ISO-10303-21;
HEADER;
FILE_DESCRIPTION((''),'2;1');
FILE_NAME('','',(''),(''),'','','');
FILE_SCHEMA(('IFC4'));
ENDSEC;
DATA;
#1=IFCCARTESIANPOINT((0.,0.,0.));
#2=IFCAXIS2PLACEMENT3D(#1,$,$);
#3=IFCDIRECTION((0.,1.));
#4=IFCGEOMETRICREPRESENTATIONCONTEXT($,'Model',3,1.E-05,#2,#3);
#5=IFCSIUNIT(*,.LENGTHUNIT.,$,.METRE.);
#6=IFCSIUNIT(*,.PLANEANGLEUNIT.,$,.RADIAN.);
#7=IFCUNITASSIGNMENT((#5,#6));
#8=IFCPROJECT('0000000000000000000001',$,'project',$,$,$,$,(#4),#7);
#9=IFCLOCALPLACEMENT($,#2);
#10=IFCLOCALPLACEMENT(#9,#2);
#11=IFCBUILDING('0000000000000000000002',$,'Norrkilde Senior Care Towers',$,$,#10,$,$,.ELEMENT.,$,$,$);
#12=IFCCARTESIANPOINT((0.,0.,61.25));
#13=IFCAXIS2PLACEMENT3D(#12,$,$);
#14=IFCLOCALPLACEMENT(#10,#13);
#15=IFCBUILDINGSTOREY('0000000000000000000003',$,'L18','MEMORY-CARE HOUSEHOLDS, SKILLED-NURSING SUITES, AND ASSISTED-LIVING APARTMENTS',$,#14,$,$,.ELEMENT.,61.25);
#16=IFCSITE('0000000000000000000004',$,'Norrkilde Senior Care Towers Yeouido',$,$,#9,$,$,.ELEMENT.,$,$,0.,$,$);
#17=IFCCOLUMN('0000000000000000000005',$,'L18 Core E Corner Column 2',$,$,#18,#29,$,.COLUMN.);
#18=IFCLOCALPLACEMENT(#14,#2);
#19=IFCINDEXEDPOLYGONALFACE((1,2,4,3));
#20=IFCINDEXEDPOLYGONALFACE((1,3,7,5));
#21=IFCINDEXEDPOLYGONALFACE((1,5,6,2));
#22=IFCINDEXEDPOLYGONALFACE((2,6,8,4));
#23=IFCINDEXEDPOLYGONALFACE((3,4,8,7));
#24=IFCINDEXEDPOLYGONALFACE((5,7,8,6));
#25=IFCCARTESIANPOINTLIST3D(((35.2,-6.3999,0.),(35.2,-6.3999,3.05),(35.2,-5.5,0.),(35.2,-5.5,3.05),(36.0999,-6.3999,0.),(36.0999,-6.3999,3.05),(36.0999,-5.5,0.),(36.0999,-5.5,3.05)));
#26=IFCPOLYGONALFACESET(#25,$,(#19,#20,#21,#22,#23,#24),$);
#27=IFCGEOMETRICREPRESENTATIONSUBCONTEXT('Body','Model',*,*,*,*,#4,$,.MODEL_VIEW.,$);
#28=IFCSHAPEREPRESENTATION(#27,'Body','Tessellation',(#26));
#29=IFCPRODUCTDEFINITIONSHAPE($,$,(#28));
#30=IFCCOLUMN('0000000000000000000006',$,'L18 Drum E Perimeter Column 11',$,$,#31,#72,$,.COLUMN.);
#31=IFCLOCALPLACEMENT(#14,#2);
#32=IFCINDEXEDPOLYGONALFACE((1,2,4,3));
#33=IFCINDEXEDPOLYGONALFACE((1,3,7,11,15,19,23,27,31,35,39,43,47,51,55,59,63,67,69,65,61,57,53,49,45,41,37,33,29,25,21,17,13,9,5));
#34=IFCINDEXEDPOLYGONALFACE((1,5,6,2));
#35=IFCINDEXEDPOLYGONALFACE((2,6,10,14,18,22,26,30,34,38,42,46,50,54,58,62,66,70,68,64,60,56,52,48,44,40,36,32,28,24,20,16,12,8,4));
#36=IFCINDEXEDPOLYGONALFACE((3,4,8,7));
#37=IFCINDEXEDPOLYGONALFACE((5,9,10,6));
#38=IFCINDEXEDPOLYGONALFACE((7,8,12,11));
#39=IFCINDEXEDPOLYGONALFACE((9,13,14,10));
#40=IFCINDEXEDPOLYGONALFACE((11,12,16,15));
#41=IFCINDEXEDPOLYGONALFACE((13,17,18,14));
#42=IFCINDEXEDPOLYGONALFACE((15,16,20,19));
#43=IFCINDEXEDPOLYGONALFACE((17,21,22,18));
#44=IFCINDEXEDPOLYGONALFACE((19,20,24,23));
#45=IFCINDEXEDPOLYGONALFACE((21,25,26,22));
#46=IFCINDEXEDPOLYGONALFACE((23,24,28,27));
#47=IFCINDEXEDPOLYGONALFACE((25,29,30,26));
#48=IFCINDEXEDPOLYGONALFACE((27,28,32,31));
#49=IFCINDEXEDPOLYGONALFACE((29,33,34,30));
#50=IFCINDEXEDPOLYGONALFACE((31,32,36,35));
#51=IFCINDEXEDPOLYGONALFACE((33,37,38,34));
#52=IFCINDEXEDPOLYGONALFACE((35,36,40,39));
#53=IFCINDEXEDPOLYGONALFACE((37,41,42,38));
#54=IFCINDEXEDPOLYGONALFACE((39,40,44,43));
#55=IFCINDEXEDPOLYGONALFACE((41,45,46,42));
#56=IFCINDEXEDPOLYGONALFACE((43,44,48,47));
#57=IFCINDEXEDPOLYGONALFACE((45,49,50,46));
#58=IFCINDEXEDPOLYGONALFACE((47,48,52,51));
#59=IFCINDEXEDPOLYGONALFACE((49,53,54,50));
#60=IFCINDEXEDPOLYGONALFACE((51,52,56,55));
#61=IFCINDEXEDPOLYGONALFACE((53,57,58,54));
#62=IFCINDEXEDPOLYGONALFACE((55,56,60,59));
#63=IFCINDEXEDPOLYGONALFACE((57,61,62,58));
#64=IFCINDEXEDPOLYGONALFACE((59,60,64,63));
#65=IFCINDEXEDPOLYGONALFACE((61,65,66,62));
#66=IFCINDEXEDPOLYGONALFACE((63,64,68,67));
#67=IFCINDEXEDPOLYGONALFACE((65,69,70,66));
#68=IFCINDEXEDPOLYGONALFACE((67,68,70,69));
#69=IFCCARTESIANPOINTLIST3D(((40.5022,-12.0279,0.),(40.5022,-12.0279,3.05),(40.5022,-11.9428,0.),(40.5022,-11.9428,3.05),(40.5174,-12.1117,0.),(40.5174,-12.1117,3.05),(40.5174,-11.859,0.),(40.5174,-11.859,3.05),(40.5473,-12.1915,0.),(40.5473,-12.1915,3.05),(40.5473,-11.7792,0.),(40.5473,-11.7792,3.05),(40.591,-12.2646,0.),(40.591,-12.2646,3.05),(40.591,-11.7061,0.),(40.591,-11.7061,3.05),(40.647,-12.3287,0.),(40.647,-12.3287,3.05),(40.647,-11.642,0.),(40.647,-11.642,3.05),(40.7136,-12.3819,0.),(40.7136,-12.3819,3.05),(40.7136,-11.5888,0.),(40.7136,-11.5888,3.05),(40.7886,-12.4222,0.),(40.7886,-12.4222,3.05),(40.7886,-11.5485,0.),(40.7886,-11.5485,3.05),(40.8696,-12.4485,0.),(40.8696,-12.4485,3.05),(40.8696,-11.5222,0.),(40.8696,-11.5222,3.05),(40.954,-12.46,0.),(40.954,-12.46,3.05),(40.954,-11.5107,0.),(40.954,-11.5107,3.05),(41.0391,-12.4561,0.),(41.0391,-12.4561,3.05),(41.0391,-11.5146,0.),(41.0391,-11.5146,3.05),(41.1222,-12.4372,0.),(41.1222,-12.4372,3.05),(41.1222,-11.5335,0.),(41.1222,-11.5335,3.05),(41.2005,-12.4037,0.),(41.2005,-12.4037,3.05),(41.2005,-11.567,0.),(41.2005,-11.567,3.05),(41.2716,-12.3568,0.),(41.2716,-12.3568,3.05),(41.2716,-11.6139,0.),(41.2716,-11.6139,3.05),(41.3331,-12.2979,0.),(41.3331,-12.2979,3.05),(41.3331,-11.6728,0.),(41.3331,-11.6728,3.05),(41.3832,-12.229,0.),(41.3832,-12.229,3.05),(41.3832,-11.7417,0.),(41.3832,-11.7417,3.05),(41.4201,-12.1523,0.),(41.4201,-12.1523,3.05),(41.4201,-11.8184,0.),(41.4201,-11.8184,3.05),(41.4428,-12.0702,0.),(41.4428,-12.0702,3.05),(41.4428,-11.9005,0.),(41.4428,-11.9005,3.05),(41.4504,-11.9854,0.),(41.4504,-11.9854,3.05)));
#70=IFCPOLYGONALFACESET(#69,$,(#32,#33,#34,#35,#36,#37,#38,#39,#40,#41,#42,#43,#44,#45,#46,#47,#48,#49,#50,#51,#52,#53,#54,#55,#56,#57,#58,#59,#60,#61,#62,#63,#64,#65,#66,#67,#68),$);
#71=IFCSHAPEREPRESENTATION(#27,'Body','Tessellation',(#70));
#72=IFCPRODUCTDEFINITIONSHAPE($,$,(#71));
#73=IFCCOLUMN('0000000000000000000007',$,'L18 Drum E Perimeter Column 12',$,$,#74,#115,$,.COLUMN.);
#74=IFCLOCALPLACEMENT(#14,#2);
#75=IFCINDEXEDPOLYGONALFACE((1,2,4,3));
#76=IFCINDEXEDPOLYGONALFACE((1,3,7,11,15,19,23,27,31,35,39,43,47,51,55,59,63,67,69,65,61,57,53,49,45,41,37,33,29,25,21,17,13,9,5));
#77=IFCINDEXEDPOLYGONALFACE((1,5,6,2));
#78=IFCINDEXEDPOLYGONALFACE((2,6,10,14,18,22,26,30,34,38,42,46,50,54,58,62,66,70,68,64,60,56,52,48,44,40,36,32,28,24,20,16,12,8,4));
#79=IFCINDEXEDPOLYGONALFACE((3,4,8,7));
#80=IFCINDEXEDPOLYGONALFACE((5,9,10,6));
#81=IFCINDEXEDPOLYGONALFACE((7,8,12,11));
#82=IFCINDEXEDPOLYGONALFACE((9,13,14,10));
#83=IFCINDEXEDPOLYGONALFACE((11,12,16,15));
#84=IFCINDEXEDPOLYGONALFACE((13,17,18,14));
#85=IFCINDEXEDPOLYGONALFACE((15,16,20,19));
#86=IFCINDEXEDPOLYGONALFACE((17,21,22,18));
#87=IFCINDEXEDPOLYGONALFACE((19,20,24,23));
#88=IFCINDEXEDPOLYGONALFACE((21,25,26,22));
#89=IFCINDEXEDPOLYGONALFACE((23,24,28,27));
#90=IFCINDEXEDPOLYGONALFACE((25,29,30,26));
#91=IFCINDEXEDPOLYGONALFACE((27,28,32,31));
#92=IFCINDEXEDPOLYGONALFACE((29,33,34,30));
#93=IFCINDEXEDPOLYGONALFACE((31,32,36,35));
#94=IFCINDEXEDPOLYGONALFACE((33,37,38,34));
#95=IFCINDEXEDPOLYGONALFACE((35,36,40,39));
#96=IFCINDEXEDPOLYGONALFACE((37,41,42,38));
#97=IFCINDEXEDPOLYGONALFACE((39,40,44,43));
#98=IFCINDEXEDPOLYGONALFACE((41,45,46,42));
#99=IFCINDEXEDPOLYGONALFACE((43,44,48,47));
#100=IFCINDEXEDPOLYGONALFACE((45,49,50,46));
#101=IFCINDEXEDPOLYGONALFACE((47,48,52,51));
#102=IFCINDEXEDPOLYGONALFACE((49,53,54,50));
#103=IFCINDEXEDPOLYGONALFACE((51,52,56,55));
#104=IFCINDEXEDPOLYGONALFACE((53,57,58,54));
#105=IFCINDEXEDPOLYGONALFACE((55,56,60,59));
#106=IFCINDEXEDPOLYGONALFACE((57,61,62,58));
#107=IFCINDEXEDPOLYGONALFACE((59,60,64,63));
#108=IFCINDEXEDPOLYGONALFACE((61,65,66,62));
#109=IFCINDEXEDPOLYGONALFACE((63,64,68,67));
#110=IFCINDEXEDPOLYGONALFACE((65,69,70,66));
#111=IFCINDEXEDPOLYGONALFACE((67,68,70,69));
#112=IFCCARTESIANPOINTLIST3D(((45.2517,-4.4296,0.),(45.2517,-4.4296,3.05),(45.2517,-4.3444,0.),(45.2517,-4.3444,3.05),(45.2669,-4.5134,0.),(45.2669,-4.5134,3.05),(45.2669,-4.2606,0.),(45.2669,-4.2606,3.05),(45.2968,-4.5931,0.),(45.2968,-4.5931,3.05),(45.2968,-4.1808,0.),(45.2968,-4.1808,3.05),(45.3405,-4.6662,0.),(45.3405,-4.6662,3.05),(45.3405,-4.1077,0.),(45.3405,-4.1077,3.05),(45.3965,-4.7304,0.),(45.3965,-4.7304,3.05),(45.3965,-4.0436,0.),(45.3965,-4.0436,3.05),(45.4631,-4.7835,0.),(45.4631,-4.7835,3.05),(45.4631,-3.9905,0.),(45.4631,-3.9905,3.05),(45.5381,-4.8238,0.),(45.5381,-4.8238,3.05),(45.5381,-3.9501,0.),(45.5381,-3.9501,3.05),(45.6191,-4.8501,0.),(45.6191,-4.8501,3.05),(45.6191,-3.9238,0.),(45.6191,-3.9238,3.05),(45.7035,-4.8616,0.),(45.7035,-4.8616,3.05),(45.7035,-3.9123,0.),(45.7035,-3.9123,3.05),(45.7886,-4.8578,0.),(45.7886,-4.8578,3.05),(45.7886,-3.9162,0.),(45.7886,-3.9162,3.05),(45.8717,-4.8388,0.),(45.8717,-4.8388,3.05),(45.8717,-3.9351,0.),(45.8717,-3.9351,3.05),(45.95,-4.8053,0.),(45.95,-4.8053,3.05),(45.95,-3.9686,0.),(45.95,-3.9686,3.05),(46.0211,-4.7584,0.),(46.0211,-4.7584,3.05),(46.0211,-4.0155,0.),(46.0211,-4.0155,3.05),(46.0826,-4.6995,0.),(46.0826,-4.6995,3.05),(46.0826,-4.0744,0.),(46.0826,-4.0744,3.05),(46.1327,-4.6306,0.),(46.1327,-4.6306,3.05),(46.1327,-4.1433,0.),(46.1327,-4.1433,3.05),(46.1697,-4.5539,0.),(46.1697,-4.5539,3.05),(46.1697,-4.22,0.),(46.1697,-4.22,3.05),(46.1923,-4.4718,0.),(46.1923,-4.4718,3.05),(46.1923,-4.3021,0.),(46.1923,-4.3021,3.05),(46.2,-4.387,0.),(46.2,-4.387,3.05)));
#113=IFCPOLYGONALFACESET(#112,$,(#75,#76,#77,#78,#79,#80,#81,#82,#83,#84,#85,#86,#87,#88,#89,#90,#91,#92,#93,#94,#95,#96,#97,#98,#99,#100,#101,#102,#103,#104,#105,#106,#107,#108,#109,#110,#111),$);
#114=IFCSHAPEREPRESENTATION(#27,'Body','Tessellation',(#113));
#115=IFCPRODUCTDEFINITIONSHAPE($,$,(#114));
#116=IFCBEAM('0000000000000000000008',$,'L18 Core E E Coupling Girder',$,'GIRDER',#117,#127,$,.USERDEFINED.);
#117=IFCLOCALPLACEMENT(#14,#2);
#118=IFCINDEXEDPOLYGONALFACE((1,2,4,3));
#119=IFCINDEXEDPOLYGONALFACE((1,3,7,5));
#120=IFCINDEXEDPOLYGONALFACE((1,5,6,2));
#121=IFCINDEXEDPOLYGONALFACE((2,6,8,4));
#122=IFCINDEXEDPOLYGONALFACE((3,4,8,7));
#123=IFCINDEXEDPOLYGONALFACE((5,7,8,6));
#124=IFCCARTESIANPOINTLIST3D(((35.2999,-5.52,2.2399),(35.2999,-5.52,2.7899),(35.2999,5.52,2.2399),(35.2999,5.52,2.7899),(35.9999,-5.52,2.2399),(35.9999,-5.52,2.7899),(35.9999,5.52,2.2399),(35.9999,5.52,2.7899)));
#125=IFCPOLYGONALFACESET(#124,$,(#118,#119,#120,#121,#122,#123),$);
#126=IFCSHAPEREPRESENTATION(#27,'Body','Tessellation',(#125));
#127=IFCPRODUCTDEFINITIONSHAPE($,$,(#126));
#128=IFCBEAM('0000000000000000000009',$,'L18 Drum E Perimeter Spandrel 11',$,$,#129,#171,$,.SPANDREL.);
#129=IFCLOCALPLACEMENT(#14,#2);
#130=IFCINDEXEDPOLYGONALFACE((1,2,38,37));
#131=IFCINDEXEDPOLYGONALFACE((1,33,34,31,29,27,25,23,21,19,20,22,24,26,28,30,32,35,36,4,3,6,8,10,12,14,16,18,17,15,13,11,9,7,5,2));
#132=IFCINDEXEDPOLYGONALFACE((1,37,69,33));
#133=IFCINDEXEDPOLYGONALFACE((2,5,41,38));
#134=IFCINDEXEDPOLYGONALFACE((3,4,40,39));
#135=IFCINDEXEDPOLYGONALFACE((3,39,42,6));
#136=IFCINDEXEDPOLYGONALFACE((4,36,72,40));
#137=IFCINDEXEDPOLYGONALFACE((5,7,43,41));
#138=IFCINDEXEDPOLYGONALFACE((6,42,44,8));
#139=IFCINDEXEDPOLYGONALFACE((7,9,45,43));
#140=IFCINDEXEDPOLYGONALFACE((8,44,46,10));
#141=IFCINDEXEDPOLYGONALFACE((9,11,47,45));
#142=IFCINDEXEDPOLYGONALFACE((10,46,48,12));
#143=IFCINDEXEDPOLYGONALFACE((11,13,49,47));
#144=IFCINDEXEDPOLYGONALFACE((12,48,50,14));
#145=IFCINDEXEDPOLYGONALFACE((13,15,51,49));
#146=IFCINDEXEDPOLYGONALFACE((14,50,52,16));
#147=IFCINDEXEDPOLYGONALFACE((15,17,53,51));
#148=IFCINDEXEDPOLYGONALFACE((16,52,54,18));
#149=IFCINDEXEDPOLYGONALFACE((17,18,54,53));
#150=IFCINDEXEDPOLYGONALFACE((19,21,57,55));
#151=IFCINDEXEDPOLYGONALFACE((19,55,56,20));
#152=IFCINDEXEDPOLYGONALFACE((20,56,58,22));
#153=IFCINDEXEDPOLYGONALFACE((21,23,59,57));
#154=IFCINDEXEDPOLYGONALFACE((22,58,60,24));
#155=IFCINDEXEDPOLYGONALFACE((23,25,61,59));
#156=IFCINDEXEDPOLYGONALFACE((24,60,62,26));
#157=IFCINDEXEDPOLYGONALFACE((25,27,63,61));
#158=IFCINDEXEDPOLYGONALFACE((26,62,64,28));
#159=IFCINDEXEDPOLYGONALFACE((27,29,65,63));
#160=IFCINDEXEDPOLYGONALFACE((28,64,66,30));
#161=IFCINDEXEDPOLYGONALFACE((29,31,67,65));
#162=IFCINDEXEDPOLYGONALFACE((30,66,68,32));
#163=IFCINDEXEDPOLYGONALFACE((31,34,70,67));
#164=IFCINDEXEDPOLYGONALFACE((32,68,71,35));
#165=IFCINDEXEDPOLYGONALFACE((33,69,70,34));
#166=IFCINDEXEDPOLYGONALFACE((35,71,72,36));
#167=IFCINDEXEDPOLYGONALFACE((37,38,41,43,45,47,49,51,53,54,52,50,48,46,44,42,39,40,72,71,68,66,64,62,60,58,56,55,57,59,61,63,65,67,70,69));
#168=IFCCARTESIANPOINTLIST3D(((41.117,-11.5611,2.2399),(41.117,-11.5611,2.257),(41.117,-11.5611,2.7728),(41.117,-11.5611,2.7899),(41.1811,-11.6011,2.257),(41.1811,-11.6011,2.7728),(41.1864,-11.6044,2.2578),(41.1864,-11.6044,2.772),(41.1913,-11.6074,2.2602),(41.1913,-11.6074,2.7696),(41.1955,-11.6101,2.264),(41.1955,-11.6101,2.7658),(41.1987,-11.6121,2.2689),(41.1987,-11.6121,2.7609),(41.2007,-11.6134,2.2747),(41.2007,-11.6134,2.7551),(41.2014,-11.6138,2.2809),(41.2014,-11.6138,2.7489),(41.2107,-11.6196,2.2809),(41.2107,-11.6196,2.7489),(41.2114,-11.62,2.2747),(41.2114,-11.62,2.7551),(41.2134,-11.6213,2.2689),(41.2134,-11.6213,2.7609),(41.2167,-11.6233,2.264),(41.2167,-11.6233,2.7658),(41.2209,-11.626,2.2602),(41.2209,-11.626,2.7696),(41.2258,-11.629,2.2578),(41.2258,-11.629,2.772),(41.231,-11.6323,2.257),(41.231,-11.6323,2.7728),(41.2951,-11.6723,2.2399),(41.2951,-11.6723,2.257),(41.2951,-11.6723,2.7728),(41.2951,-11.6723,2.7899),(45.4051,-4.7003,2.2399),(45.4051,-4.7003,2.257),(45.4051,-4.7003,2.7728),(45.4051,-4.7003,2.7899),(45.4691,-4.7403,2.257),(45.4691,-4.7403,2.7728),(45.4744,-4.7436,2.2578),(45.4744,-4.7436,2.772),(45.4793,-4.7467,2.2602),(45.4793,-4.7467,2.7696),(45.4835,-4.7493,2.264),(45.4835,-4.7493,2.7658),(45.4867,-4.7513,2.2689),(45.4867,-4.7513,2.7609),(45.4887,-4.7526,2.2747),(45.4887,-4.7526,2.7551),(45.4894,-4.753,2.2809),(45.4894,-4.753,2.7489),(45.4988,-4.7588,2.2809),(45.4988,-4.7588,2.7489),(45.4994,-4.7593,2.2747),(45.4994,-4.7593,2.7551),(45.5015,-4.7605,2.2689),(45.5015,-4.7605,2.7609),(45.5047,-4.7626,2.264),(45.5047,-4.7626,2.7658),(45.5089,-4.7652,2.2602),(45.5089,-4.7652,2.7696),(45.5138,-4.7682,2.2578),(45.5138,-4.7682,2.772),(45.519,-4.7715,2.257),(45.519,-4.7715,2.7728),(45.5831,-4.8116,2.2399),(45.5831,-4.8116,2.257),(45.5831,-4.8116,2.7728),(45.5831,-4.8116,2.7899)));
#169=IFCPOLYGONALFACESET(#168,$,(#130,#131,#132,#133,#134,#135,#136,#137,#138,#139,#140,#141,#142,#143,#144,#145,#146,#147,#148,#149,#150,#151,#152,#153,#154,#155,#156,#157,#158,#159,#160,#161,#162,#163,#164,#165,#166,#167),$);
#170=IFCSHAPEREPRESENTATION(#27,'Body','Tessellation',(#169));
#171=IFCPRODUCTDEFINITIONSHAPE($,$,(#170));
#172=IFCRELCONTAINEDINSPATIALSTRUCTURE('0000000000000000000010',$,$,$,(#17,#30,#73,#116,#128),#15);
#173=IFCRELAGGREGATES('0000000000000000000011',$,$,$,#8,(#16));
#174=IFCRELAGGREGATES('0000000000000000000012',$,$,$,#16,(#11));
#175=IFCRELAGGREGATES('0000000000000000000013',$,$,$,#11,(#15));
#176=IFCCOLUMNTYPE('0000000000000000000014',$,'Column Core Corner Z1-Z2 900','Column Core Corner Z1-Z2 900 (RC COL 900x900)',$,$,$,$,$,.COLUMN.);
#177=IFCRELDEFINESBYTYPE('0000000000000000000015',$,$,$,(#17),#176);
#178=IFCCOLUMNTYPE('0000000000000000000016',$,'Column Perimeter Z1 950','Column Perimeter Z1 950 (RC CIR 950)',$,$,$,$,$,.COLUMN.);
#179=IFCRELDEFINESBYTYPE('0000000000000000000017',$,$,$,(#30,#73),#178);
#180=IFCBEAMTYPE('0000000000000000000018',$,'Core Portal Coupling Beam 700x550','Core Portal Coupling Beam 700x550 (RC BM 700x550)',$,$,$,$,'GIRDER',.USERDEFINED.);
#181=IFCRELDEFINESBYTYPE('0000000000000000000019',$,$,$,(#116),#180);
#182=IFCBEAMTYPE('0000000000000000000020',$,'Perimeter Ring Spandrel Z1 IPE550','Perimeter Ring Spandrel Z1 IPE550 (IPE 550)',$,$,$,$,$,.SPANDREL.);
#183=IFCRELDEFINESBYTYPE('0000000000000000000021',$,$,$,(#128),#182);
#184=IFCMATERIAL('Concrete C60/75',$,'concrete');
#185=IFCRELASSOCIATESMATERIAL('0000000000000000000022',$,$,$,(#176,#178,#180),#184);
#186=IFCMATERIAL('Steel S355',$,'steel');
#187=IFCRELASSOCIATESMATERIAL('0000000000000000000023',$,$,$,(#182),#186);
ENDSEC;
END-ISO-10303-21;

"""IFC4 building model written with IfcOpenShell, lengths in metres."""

from ifc_helpers import new_model, si_unit, direction, frame, origin, origin_2d, place, context, subcontext, project, spatial, rectangle, circle, i_section, extrude, source, transform, mapped, material, material_profile, profile_set, type_object, type_shapes, element, save


model = new_model("IFC4")

# Units and contexts
model_context = context("Model", 3, precision=1e-05, world=origin(), true_north=direction((0.0, 1.0)))
body_context = subcontext(model_context, "Body", "Model", "MODEL_VIEW")
ifc_project = project(units=[si_unit("LENGTHUNIT", "METRE"), si_unit("PLANEANGLEUNIT", "RADIAN")], contexts=[model_context])

# Site, building, storey
site_placement = place(None, origin())
site = spatial("IfcSite", under=ifc_project, at=site_placement, Name="Norrkilde Senior Care Towers Yeouido", CompositionType="ELEMENT", RefElevation=0.0)
building_placement = place(site_placement, origin())
building = spatial("IfcBuilding", under=site, at=building_placement, Name="Norrkilde Senior Care Towers", CompositionType="ELEMENT")
storey_placement = place(building_placement, frame((0.0, 0.0, 61.25)))
storey = spatial("IfcBuildingStorey", under=building, at=storey_placement, Name="L18", Description="MEMORY-CARE HOUSEHOLDS, SKILLED-NURSING SUITES, AND ASSISTED-LIVING APARTMENTS", CompositionType="ELEMENT", Elevation=61.25)

# Columns
ifc_material_1 = material(Name="Concrete C60/75", Category="concrete")
ifc_material_profile_1 = material_profile(ifc_material_1, rectangle(XDim=0.8999, YDim=0.8999, at=origin_2d()), Name="RC COL 900x900")
ifc_profile_set_1 = profile_set([ifc_material_profile_1], Name="Concrete C60/75")
column_type_1 = type_object("IfcColumnType", Name="Column Core Corner Z1-Z2 900", Description="Column Core Corner Z1-Z2 900 (RC COL 900x900)", PredefinedType="COLUMN", material=ifc_profile_set_1)
shared_shape_1 = source(origin(), body_context, "Body", "SweptSolid", [
    extrude(rectangle(XDim=0.8999, YDim=0.8999, at=origin_2d()), origin(), (0.0, 0.0, 1.0), 3.05),
])
type_shapes(column_type_1, [shared_shape_1])
column_placement = place(storey_placement, frame((35.6499, -5.95, 0.0), z_axis=(0.0, 0.0, 1.0), x_axis=(1.0, 0.0, 0.0)))
element("IfcColumn", 1, at=column_placement, inside=storey, type_object=column_type_1, Name="L18 Core E Corner Column 2", PredefinedType="COLUMN", context=body_context, shape_type="MappedRepresentation", body=[
    mapped(shared_shape_1, transform((0.0, 0.0, 0.0), x_axis=(1.0, 0.0, 0.0), y_axis=(0.0, 1.0, 0.0), z_axis=(0.0, 0.0, 1.0), scale=1.0)),
])
ifc_material_profile_2 = material_profile(ifc_material_1, circle(Radius=0.4751, at=origin_2d()), Name="RC CIR 950")
ifc_profile_set_2 = profile_set([ifc_material_profile_2], Name="Concrete C60/75")
column_type_2 = type_object("IfcColumnType", Name="Column Perimeter Z1 950", Description="Column Perimeter Z1 950 (RC CIR 950)", PredefinedType="COLUMN", material=ifc_profile_set_2)
shared_shape_2 = source(origin(), body_context, "Body", "SweptSolid", [
    extrude(circle(Radius=0.4751, at=origin_2d()), origin(), (0.0, 0.0, 1.0), 3.05),
])
type_shapes(column_type_2, [shared_shape_2])
for number, where, z_axis, x_axis, name in (
    (2, (40.9753, -11.9854, 0.0), (0.0, 0.0, 1.0), (1.0, 0.0, 0.0), "L18 Drum E Perimeter Column 11"),
    (3, (45.7249, -4.387, 0.0), (0.0, 0.0, 1.0), (1.0, 0.0, 0.0), "L18 Drum E Perimeter Column 12"),
):
    element("IfcColumn", number, at=place(storey_placement, frame(where, z_axis=z_axis, x_axis=x_axis)), inside=storey, type_object=column_type_2, Name=name, PredefinedType="COLUMN", context=body_context, shape_type="MappedRepresentation", body=[
        mapped(shared_shape_2, transform((0.0, 0.0, 0.0), x_axis=(1.0, 0.0, 0.0), y_axis=(0.0, 1.0, 0.0), z_axis=(0.0, 0.0, 1.0), scale=1.0)),
    ])

# Beams
ifc_material_profile_3 = material_profile(ifc_material_1, rectangle(XDim=0.7, YDim=0.55, at=origin_2d()), Name="RC BM 700x550")
ifc_profile_set_3 = profile_set([ifc_material_profile_3], Name="Concrete C60/75")
beam_type_1 = type_object("IfcBeamType", Name="Core Portal Coupling Beam 700x550", Description="Core Portal Coupling Beam 700x550 (RC BM 700x550)", ElementType="GIRDER", PredefinedType="USERDEFINED", material=ifc_profile_set_3)
shared_shape_3 = source(origin(), body_context, "Body", "SweptSolid", [
    extrude(rectangle(XDim=0.7, YDim=0.55, at=origin_2d()), origin(), (0.0, 0.0, 1.0), 11.04),
])
type_shapes(beam_type_1, [shared_shape_3])
beam_1_placement = place(storey_placement, frame((35.6499, -5.52, 2.5149), z_axis=(0.0, 1.0, 0.0), x_axis=(-1.0, 0.0, 0.0)))
element("IfcBeam", 4, at=beam_1_placement, inside=storey, type_object=beam_type_1, Name="L18 Core E E Coupling Girder", ObjectType="GIRDER", PredefinedType="USERDEFINED", context=body_context, shape_type="MappedRepresentation", body=[
    mapped(shared_shape_3, transform((0.0, 0.0, 0.0), x_axis=(1.0, 0.0, 0.0), y_axis=(0.0, 1.0, 0.0), z_axis=(0.0, 0.0, 1.0), scale=1.0)),
])
ifc_material_2 = material(Name="Steel S355", Category="steel")
ifc_material_profile_4 = material_profile(ifc_material_2, i_section(OverallWidth=0.21, OverallDepth=0.55, WebThickness=0.011, FlangeThickness=0.0171, FilletRadius=0.0239, at=origin_2d()), Name="IPE 550")
ifc_profile_set_4 = profile_set([ifc_material_profile_4], Name="Steel S355")
beam_type_2 = type_object("IfcBeamType", Name="Perimeter Ring Spandrel Z1 IPE550", Description="Perimeter Ring Spandrel Z1 IPE550 (IPE 550)", PredefinedType="SPANDREL", material=ifc_profile_set_4)
shared_shape_4 = source(origin(), body_context, "Body", "SweptSolid", [
    extrude(i_section(OverallWidth=0.21, OverallDepth=0.55, WebThickness=0.011, FlangeThickness=0.0171, FilletRadius=0.0239, at=origin_2d()), origin(), (0.0, 0.0, 1.0), 8.0906),
])
beam_2_placement = place(storey_placement, frame((41.2061, -11.6167, 2.5149), z_axis=(0.530004, 0.847995, 0.0), x_axis=(-0.847995, 0.530004, 0.0)))
element("IfcBeam", 5, at=beam_2_placement, inside=storey, type_object=beam_type_2, Name="L18 Drum E Perimeter Spandrel 11", PredefinedType="SPANDREL", context=body_context, shape_type="MappedRepresentation", body=[
    mapped(shared_shape_4, transform((0.0, 0.0, 0.0), x_axis=(1.0, 0.0, 0.0), y_axis=(0.0, 1.0, 0.0), z_axis=(0.0, 0.0, 1.0), scale=1.0)),
])

save(model, "model.ifc")
